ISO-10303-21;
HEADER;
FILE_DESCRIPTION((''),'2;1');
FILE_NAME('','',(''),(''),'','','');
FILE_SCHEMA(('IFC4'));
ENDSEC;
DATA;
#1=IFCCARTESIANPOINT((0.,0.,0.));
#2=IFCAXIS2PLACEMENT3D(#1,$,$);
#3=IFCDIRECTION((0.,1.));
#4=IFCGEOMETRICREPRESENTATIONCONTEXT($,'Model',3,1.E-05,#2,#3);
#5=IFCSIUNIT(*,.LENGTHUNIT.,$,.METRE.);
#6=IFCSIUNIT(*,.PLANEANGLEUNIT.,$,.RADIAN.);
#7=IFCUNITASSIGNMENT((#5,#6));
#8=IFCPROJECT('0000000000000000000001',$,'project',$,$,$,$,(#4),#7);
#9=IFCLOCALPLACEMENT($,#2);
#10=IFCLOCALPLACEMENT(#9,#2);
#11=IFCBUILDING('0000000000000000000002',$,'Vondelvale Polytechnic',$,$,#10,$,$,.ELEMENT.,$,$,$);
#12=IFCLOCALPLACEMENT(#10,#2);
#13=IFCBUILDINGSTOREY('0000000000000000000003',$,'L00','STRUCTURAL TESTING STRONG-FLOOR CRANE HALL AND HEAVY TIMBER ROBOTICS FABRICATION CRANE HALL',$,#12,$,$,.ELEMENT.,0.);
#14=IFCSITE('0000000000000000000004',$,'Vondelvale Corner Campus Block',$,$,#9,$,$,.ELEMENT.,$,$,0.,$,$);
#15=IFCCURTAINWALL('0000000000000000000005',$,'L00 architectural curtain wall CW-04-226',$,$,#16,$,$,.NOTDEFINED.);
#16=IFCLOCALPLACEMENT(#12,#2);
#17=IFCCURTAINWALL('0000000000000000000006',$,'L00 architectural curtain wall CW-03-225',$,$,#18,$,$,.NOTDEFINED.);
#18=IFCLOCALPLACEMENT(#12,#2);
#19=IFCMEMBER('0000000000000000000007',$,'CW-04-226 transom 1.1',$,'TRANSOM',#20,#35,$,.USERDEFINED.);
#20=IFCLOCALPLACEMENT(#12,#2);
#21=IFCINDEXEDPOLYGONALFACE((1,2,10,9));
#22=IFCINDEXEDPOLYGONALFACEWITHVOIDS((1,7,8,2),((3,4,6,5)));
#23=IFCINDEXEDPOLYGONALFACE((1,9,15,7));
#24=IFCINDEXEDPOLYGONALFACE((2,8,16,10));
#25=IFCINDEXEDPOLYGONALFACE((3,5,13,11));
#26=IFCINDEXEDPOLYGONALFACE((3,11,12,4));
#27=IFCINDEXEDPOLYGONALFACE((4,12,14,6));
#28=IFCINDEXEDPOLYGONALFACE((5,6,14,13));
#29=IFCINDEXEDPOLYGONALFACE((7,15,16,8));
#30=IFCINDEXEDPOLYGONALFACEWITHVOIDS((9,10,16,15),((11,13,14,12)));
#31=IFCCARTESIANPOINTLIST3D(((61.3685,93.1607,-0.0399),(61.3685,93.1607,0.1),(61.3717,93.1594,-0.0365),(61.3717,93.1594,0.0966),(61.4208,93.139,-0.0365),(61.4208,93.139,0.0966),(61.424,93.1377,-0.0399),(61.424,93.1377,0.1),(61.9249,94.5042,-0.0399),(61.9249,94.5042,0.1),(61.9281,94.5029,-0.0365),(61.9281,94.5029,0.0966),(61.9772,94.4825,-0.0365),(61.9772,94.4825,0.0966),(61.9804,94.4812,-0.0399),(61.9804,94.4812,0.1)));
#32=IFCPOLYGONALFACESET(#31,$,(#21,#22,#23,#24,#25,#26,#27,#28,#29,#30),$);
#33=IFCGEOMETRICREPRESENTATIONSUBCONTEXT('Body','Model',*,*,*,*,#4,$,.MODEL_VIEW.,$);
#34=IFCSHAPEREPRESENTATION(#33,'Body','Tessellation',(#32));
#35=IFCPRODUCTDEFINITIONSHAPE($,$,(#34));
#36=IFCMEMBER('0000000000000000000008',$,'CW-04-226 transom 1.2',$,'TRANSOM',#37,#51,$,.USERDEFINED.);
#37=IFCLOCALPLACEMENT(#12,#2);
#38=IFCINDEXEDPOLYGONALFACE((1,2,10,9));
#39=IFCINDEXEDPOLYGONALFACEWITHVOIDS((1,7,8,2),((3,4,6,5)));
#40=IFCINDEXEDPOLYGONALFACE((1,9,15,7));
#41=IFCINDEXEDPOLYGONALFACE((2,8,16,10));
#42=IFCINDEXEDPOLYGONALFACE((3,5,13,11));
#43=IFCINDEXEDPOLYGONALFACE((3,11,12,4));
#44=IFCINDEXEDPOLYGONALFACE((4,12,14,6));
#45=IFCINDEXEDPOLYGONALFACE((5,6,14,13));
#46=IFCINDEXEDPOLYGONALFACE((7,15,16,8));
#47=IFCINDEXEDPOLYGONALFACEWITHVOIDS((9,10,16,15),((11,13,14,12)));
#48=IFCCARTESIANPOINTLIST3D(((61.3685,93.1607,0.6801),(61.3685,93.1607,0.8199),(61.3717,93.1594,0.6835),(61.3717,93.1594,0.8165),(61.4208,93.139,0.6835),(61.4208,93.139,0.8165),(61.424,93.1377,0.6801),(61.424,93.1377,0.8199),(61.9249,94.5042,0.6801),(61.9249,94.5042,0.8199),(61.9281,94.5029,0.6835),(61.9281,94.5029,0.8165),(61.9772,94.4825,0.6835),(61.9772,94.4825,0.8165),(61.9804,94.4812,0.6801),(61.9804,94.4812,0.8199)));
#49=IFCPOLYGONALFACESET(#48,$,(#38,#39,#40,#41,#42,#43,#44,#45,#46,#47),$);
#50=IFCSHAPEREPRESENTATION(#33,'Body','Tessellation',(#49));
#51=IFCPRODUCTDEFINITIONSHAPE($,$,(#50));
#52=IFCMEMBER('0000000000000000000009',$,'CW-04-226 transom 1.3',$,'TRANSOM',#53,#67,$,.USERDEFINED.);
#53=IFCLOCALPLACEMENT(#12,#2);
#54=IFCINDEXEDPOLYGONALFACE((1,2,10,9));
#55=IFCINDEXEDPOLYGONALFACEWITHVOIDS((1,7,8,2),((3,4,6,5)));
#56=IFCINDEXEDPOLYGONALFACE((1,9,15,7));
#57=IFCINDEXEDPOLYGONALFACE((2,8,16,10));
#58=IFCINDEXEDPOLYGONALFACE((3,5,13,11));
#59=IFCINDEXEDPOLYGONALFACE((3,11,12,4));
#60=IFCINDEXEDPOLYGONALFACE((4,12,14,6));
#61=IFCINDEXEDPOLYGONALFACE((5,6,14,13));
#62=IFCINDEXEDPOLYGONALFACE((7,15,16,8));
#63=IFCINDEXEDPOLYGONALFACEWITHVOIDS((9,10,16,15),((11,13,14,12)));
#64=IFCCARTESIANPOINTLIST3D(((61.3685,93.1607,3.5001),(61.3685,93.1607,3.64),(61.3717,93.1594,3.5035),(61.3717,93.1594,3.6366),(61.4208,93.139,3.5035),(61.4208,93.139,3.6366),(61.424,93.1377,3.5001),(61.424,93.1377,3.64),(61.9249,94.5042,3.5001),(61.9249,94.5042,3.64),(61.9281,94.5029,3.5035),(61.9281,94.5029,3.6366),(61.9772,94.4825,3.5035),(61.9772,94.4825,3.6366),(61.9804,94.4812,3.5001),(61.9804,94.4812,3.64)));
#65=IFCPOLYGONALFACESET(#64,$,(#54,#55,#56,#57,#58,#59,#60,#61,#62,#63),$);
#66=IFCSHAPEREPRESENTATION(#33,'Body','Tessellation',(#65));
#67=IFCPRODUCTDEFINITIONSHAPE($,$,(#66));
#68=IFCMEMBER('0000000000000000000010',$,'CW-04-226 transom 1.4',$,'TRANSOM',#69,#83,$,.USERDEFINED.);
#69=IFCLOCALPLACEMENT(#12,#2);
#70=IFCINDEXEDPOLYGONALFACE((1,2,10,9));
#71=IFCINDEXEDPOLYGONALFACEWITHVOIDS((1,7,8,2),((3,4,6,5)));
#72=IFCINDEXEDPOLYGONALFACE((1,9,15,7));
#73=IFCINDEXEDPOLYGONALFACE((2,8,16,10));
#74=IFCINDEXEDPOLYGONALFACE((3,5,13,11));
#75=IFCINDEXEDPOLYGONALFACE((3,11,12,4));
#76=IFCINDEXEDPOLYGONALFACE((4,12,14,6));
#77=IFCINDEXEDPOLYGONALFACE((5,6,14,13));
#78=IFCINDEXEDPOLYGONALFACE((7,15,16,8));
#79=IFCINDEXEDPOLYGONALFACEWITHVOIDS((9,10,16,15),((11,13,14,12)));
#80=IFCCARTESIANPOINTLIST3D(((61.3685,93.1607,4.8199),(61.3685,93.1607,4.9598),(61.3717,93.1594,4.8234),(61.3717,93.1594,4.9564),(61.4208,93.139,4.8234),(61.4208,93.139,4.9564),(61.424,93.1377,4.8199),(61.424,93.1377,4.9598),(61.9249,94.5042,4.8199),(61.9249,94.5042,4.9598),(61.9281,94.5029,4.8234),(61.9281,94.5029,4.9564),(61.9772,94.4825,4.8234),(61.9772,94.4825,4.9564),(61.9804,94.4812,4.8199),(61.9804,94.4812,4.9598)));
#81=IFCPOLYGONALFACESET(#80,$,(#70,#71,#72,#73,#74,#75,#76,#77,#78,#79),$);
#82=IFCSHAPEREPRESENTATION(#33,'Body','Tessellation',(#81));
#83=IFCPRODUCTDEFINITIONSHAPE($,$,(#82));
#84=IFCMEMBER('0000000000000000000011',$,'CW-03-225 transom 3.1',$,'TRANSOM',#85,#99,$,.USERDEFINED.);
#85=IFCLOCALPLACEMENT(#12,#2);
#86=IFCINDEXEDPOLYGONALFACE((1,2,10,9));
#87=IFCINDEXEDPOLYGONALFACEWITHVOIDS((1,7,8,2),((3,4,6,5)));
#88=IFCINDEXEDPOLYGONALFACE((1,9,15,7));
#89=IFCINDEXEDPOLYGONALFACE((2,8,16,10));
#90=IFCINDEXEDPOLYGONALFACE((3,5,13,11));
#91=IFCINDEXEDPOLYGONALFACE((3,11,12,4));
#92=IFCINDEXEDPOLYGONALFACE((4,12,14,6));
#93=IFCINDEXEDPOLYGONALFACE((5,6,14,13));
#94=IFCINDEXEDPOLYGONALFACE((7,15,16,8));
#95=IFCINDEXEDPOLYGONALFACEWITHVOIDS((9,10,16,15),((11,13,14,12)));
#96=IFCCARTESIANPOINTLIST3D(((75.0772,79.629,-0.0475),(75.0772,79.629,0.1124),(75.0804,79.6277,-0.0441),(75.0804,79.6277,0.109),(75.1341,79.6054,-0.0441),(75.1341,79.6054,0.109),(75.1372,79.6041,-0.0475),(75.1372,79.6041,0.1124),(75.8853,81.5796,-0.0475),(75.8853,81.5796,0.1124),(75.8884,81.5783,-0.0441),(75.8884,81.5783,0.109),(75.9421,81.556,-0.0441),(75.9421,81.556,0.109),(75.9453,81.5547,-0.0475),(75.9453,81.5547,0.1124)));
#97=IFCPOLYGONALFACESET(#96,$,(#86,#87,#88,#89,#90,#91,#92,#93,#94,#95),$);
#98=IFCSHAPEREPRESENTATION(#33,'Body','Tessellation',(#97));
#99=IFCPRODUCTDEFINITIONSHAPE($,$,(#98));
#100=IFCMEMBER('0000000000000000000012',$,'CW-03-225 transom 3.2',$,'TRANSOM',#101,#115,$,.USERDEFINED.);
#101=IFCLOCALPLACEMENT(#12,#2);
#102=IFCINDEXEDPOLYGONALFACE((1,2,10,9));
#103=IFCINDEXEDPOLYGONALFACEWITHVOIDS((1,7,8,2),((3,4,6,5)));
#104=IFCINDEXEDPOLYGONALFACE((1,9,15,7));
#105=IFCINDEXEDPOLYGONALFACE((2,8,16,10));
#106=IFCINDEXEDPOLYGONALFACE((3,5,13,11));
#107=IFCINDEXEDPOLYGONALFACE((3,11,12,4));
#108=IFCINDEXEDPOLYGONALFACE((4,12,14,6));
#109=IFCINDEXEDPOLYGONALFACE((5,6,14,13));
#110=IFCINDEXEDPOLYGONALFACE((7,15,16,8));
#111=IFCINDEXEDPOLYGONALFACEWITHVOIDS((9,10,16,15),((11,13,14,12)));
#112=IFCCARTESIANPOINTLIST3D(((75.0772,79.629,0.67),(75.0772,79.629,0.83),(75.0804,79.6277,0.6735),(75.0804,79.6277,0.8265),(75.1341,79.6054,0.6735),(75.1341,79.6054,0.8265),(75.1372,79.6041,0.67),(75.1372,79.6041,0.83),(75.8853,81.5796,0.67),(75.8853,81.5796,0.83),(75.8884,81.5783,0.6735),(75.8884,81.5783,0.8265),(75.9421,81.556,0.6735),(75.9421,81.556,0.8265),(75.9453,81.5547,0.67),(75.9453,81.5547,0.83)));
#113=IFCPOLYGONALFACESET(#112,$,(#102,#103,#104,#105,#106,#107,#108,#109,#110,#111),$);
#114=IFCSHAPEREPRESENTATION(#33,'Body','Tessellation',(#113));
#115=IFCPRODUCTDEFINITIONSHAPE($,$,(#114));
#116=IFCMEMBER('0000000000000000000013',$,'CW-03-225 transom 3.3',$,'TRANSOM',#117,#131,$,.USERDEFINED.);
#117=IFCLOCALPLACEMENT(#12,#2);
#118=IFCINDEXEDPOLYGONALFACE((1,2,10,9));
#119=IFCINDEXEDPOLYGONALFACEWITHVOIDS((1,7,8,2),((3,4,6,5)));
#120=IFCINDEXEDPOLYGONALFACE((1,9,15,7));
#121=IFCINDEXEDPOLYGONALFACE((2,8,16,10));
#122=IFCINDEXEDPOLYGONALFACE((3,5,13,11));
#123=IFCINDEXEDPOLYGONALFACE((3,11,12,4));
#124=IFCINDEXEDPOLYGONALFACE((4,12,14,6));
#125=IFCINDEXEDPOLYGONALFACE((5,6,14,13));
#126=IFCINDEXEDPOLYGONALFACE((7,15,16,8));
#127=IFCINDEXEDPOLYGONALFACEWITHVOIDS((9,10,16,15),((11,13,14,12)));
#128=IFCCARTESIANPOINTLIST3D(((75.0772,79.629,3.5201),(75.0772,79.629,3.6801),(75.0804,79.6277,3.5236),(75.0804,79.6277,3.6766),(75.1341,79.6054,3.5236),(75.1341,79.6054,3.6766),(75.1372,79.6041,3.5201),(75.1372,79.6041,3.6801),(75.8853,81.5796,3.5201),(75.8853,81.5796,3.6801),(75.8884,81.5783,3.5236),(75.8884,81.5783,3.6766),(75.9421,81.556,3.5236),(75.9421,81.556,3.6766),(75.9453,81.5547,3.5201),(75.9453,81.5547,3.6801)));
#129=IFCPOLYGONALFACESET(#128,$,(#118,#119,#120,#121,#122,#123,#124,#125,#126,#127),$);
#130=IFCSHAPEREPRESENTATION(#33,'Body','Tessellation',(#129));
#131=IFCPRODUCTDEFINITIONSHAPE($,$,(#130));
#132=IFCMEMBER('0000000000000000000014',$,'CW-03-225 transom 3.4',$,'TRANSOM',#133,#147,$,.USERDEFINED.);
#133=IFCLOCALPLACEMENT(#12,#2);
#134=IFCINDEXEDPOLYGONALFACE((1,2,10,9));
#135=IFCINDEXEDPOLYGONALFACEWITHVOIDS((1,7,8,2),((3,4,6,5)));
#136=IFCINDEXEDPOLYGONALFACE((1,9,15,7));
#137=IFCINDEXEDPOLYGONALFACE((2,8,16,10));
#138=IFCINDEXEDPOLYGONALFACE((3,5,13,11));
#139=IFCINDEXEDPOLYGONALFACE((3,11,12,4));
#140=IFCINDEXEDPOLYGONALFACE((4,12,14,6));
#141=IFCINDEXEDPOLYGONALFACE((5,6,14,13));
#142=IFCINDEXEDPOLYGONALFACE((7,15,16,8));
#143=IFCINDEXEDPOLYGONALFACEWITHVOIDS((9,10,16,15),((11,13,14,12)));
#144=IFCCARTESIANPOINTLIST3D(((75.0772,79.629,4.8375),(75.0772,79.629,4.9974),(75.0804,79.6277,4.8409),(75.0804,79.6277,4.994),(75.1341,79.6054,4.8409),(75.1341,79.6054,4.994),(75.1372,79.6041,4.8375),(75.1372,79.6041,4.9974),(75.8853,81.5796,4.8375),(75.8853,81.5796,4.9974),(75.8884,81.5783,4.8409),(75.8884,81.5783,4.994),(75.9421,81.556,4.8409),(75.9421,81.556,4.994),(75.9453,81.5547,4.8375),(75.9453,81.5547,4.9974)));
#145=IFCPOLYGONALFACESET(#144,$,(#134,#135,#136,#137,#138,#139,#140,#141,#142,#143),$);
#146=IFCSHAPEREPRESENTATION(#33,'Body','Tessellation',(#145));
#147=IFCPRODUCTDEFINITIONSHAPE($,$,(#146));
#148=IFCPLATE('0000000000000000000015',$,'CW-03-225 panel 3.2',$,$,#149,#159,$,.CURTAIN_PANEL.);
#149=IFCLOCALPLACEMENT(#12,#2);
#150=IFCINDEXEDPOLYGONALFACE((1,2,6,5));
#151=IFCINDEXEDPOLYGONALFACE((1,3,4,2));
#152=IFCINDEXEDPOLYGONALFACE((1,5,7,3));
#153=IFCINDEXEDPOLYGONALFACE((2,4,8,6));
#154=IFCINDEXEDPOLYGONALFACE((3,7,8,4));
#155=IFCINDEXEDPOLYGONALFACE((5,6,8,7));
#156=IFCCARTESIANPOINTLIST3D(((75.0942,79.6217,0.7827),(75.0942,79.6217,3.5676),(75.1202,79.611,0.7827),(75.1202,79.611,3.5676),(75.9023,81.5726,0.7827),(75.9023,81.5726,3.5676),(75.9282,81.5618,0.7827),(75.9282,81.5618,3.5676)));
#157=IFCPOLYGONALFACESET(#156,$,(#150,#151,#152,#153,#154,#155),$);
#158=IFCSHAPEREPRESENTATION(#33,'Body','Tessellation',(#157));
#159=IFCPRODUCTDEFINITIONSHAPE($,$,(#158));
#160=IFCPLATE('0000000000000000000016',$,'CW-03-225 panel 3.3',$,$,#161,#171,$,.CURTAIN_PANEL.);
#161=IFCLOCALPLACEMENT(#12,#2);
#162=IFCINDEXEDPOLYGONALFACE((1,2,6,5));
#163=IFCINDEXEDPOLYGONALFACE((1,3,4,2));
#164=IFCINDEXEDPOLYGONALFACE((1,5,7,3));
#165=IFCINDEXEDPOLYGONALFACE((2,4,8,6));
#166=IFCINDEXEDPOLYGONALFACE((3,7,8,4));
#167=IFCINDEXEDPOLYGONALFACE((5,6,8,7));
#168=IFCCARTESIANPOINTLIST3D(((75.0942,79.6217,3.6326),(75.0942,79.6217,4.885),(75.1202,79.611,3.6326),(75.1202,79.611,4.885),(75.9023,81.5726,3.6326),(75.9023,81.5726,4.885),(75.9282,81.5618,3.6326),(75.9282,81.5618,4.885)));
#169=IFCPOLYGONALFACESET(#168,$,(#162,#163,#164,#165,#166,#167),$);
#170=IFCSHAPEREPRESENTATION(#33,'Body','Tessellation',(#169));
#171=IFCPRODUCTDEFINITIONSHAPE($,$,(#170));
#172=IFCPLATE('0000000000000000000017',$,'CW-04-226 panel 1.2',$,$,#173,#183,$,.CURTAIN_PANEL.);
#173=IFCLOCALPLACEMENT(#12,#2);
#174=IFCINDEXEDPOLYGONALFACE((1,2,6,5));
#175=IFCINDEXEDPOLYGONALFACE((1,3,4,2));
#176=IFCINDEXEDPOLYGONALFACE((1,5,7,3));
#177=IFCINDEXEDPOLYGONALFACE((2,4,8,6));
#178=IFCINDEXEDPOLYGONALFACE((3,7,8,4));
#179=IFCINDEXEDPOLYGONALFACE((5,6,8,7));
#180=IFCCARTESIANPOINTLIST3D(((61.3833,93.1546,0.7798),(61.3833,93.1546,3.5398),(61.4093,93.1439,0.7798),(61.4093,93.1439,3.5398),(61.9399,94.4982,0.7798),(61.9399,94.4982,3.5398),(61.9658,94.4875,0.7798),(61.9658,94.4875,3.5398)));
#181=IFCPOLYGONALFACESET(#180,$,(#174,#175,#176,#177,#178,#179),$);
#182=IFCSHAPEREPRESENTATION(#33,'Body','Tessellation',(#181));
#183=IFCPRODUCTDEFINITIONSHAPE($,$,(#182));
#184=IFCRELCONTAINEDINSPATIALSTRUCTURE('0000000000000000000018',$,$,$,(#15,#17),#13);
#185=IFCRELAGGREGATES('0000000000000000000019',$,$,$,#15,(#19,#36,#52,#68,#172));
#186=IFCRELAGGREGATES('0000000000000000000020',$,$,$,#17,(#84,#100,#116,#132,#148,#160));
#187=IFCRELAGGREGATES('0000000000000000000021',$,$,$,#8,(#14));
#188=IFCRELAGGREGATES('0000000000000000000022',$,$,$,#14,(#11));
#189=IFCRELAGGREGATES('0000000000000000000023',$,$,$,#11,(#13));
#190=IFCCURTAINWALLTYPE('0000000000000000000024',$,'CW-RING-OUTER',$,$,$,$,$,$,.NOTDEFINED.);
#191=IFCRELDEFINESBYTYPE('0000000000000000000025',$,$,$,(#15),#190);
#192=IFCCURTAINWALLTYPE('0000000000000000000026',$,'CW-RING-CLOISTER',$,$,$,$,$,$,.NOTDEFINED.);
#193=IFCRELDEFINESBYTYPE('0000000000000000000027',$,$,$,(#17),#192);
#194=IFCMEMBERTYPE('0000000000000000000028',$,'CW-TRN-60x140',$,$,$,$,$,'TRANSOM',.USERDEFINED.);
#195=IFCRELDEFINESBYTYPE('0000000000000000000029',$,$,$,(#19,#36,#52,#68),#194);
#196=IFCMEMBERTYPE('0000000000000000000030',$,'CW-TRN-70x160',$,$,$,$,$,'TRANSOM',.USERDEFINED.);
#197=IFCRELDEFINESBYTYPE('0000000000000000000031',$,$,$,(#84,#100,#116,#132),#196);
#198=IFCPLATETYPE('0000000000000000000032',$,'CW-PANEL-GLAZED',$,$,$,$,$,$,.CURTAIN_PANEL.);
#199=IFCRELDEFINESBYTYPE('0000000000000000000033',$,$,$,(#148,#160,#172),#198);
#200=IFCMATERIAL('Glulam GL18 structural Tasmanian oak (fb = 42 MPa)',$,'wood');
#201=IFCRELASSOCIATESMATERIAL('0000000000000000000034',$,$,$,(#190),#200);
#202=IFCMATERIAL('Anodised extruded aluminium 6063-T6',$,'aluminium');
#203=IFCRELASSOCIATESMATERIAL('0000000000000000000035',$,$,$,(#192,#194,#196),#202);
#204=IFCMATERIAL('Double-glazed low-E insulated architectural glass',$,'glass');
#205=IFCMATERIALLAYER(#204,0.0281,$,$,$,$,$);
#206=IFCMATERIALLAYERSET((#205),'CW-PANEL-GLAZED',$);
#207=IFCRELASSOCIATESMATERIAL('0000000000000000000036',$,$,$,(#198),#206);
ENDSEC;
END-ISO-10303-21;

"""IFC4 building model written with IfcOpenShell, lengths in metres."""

from ifc_helpers import new_model, si_unit, direction, frame, origin, origin_2d, place, context, subcontext, project, spatial, rectangle, hollow_rectangle, extrude, material, layer, layer_set, material_profile, profile_set, type_object, element, aggregate, save


model = new_model("IFC4")

# Units and contexts
model_context = context("Model", 3, precision=1e-05, world=origin(), true_north=direction((0.0, 1.0)))
body_context = subcontext(model_context, "Body", "Model", "MODEL_VIEW")
ifc_project = project(units=[si_unit("LENGTHUNIT", "METRE"), si_unit("PLANEANGLEUNIT", "RADIAN")], contexts=[model_context])

# Site, building, storey
site_placement = place(None, origin())
site = spatial("IfcSite", under=ifc_project, at=site_placement, Name="Vondelvale Corner Campus Block", CompositionType="ELEMENT", RefElevation=0.0)
building_placement = place(site_placement, origin())
building = spatial("IfcBuilding", under=site, at=building_placement, Name="Vondelvale Polytechnic", CompositionType="ELEMENT")
storey_placement = place(building_placement, origin())
storey = spatial("IfcBuildingStorey", under=building, at=storey_placement, Name="L00", Description="STRUCTURAL TESTING STRONG-FLOOR CRANE HALL AND HEAVY TIMBER ROBOTICS FABRICATION CRANE HALL", CompositionType="ELEMENT", Elevation=0.0)

# Curtain wall
ifc_material_1 = material(Name="Glulam GL18 structural Tasmanian oak (fb = 42 MPa)", Category="wood")
curtain_wall_type_1 = type_object("IfcCurtainWallType", Name="CW-RING-OUTER", PredefinedType="NOTDEFINED", material=ifc_material_1)
curtain_wall_1_placement = place(storey_placement, origin())
curtain_wall_1 = element("IfcCurtainWall", 1, at=curtain_wall_1_placement, inside=storey, type_object=curtain_wall_type_1, Name="L00 architectural curtain wall CW-04-226", PredefinedType="NOTDEFINED")
ifc_material_2 = material(Name="Anodised extruded aluminium 6063-T6", Category="aluminium")

# Curtain wall
curtain_wall_type_2 = type_object("IfcCurtainWallType", Name="CW-RING-CLOISTER", PredefinedType="NOTDEFINED", material=ifc_material_2)
curtain_wall_2_placement = place(storey_placement, origin())
curtain_wall_2 = element("IfcCurtainWall", 2, at=curtain_wall_2_placement, inside=storey, type_object=curtain_wall_type_2, Name="L00 architectural curtain wall CW-03-225", PredefinedType="NOTDEFINED")

# Members
ifc_material_profile_1 = material_profile(ifc_material_2, hollow_rectangle(XDim=0.0601, YDim=0.1399, WallThickness=0.0034, at=origin_2d()), Name="CW-TRN-140x60")
ifc_profile_set_1 = profile_set([ifc_material_profile_1], Name="Anodised extruded aluminium 6063-T6")
member_type_1 = type_object("IfcMemberType", Name="CW-TRN-60x140", ElementType="TRANSOM", PredefinedType="USERDEFINED", material=ifc_profile_set_1)
member_1_placement = place(storey_placement, frame((61.9526, 94.4927, 0.03), z_axis=(-0.382624, -0.923904, 0.0), x_axis=(0.923904, -0.382624, 0.0)))
member_1 = element("IfcMember", 3, at=member_1_placement, type_object=member_type_1, Name="CW-04-226 transom 1.1", ObjectType="TRANSOM", PredefinedType="USERDEFINED", context=body_context, shape_type="SweptSolid", body=[
    extrude(hollow_rectangle(XDim=0.0601, YDim=0.1399, WallThickness=0.0034, at=origin_2d()), origin(), (0.0, 0.0, 1.0), 1.4541),
])
member_2_placement = place(storey_placement, frame((61.9526, 94.4927, 0.75), z_axis=(-0.382624, -0.923904, 0.0), x_axis=(0.923904, -0.382624, 0.0)))
member_2 = element("IfcMember", 4, at=member_2_placement, type_object=member_type_1, Name="CW-04-226 transom 1.2", ObjectType="TRANSOM", PredefinedType="USERDEFINED", context=body_context, shape_type="SweptSolid", body=[
    extrude(hollow_rectangle(XDim=0.0601, YDim=0.1399, WallThickness=0.0034, at=origin_2d()), origin(), (0.0, 0.0, 1.0), 1.4541),
])
member_3_placement = place(storey_placement, frame((61.9526, 94.4927, 3.5701), z_axis=(-0.382624, -0.923904, 0.0), x_axis=(0.923904, -0.382624, 0.0)))
member_3 = element("IfcMember", 5, at=member_3_placement, type_object=member_type_1, Name="CW-04-226 transom 1.3", ObjectType="TRANSOM", PredefinedType="USERDEFINED", context=body_context, shape_type="SweptSolid", body=[
    extrude(hollow_rectangle(XDim=0.0601, YDim=0.1399, WallThickness=0.0034, at=origin_2d()), origin(), (0.0, 0.0, 1.0), 1.4541),
])
member_4_placement = place(storey_placement, frame((61.9526, 94.4927, 4.8899), z_axis=(-0.382624, -0.923904, 0.0), x_axis=(0.923904, -0.382624, 0.0)))
member_4 = element("IfcMember", 6, at=member_4_placement, type_object=member_type_1, Name="CW-04-226 transom 1.4", ObjectType="TRANSOM", PredefinedType="USERDEFINED", context=body_context, shape_type="SweptSolid", body=[
    extrude(hollow_rectangle(XDim=0.0601, YDim=0.1399, WallThickness=0.0034, at=origin_2d()), origin(), (0.0, 0.0, 1.0), 1.4541),
])
ifc_material_profile_2 = material_profile(ifc_material_2, hollow_rectangle(XDim=0.0649, YDim=0.1599, WallThickness=0.0034, at=origin_2d()), Name="CW-TRN-160x65")
ifc_profile_set_2 = profile_set([ifc_material_profile_2], Name="Anodised extruded aluminium 6063-T6")
member_type_2 = type_object("IfcMemberType", Name="CW-TRN-70x160", ElementType="TRANSOM", PredefinedType="USERDEFINED", material=ifc_profile_set_2)
member_5_placement = place(storey_placement, frame((75.9153, 81.5671, 0.0325), z_axis=(-0.382726, -0.923862, 0.0), x_axis=(0.923862, -0.382726, 0.0)))
member_5 = element("IfcMember", 7, at=member_5_placement, type_object=member_type_2, Name="CW-03-225 transom 3.1", ObjectType="TRANSOM", PredefinedType="USERDEFINED", context=body_context, shape_type="SweptSolid", body=[
    extrude(hollow_rectangle(XDim=0.0649, YDim=0.1599, WallThickness=0.0034, at=origin_2d()), origin(), (0.0, 0.0, 1.0), 2.1113),
])
member_6_placement = place(storey_placement, frame((75.9153, 81.5671, 0.75), z_axis=(-0.382726, -0.923862, 0.0), x_axis=(0.923862, -0.382726, 0.0)))
member_6 = element("IfcMember", 8, at=member_6_placement, type_object=member_type_2, Name="CW-03-225 transom 3.2", ObjectType="TRANSOM", PredefinedType="USERDEFINED", context=body_context, shape_type="SweptSolid", body=[
    extrude(hollow_rectangle(XDim=0.0649, YDim=0.1599, WallThickness=0.0034, at=origin_2d()), origin(), (0.0, 0.0, 1.0), 2.1113),
])
member_7_placement = place(storey_placement, frame((75.9153, 81.5671, 3.6001), z_axis=(-0.382726, -0.923862, 0.0), x_axis=(0.923862, -0.382726, 0.0)))
member_7 = element("IfcMember", 9, at=member_7_placement, type_object=member_type_2, Name="CW-03-225 transom 3.3", ObjectType="TRANSOM", PredefinedType="USERDEFINED", context=body_context, shape_type="SweptSolid", body=[
    extrude(hollow_rectangle(XDim=0.0649, YDim=0.1599, WallThickness=0.0034, at=origin_2d()), origin(), (0.0, 0.0, 1.0), 2.1113),
])
member_8_placement = place(storey_placement, frame((75.9153, 81.5671, 4.9175), z_axis=(-0.382726, -0.923862, 0.0), x_axis=(0.923862, -0.382726, 0.0)))
member_8 = element("IfcMember", 10, at=member_8_placement, type_object=member_type_2, Name="CW-03-225 transom 3.4", ObjectType="TRANSOM", PredefinedType="USERDEFINED", context=body_context, shape_type="SweptSolid", body=[
    extrude(hollow_rectangle(XDim=0.0649, YDim=0.1599, WallThickness=0.0034, at=origin_2d()), origin(), (0.0, 0.0, 1.0), 2.1113),
])

# Plates
ifc_material_3 = material(Name="Double-glazed low-E insulated architectural glass", Category="glass")
ifc_layer_1 = layer(ifc_material_3, 0.0281)
ifc_layer_set_1 = layer_set([ifc_layer_1], Name="CW-PANEL-GLAZED")
plate_type_1 = type_object("IfcPlateType", Name="CW-PANEL-GLAZED", PredefinedType="CURTAIN_PANEL", material=ifc_layer_set_1)
plate_1_placement = place(storey_placement, frame((75.5112, 80.5918, 0.7827), z_axis=(0.0, 0.0, 1.0), x_axis=(-0.382679, -0.923882, 0.0)))
plate_1 = element("IfcPlate", 11, at=plate_1_placement, type_object=plate_type_1, Name="CW-03-225 panel 3.2", PredefinedType="CURTAIN_PANEL", context=body_context, shape_type="SweptSolid", body=[
    extrude(rectangle(XDim=2.1116, YDim=0.0281, at=origin_2d()), origin(), (0.0, 0.0, 1.0), 2.7849),
])
plate_2_placement = place(storey_placement, frame((75.5112, 80.5918, 3.6326), z_axis=(0.0, 0.0, 1.0), x_axis=(-0.382679, -0.923882, 0.0)))
plate_2 = element("IfcPlate", 12, at=plate_2_placement, type_object=plate_type_1, Name="CW-03-225 panel 3.3", PredefinedType="CURTAIN_PANEL", context=body_context, shape_type="SweptSolid", body=[
    extrude(rectangle(XDim=2.1116, YDim=0.0281, at=origin_2d()), origin(), (0.0, 0.0, 1.0), 1.2524),
])
plate_3_placement = place(storey_placement, frame((61.6746, 93.821, 0.7798), z_axis=(0.0, 0.0, 1.0), x_axis=(-0.382679, -0.923881, 0.0)))
plate_3 = element("IfcPlate", 13, at=plate_3_placement, type_object=plate_type_1, Name="CW-04-226 panel 1.2", PredefinedType="CURTAIN_PANEL", context=body_context, shape_type="SweptSolid", body=[
    extrude(rectangle(XDim=1.4543, YDim=0.0281, at=origin_2d()), origin(), (0.0, 0.0, 1.0), 2.76),
])
aggregate(curtain_wall_1, [member_1, member_2, member_3, member_4, plate_3])
aggregate(curtain_wall_2, [member_5, member_6, member_7, member_8, plate_1, plate_2])

save(model, "model.ifc")
